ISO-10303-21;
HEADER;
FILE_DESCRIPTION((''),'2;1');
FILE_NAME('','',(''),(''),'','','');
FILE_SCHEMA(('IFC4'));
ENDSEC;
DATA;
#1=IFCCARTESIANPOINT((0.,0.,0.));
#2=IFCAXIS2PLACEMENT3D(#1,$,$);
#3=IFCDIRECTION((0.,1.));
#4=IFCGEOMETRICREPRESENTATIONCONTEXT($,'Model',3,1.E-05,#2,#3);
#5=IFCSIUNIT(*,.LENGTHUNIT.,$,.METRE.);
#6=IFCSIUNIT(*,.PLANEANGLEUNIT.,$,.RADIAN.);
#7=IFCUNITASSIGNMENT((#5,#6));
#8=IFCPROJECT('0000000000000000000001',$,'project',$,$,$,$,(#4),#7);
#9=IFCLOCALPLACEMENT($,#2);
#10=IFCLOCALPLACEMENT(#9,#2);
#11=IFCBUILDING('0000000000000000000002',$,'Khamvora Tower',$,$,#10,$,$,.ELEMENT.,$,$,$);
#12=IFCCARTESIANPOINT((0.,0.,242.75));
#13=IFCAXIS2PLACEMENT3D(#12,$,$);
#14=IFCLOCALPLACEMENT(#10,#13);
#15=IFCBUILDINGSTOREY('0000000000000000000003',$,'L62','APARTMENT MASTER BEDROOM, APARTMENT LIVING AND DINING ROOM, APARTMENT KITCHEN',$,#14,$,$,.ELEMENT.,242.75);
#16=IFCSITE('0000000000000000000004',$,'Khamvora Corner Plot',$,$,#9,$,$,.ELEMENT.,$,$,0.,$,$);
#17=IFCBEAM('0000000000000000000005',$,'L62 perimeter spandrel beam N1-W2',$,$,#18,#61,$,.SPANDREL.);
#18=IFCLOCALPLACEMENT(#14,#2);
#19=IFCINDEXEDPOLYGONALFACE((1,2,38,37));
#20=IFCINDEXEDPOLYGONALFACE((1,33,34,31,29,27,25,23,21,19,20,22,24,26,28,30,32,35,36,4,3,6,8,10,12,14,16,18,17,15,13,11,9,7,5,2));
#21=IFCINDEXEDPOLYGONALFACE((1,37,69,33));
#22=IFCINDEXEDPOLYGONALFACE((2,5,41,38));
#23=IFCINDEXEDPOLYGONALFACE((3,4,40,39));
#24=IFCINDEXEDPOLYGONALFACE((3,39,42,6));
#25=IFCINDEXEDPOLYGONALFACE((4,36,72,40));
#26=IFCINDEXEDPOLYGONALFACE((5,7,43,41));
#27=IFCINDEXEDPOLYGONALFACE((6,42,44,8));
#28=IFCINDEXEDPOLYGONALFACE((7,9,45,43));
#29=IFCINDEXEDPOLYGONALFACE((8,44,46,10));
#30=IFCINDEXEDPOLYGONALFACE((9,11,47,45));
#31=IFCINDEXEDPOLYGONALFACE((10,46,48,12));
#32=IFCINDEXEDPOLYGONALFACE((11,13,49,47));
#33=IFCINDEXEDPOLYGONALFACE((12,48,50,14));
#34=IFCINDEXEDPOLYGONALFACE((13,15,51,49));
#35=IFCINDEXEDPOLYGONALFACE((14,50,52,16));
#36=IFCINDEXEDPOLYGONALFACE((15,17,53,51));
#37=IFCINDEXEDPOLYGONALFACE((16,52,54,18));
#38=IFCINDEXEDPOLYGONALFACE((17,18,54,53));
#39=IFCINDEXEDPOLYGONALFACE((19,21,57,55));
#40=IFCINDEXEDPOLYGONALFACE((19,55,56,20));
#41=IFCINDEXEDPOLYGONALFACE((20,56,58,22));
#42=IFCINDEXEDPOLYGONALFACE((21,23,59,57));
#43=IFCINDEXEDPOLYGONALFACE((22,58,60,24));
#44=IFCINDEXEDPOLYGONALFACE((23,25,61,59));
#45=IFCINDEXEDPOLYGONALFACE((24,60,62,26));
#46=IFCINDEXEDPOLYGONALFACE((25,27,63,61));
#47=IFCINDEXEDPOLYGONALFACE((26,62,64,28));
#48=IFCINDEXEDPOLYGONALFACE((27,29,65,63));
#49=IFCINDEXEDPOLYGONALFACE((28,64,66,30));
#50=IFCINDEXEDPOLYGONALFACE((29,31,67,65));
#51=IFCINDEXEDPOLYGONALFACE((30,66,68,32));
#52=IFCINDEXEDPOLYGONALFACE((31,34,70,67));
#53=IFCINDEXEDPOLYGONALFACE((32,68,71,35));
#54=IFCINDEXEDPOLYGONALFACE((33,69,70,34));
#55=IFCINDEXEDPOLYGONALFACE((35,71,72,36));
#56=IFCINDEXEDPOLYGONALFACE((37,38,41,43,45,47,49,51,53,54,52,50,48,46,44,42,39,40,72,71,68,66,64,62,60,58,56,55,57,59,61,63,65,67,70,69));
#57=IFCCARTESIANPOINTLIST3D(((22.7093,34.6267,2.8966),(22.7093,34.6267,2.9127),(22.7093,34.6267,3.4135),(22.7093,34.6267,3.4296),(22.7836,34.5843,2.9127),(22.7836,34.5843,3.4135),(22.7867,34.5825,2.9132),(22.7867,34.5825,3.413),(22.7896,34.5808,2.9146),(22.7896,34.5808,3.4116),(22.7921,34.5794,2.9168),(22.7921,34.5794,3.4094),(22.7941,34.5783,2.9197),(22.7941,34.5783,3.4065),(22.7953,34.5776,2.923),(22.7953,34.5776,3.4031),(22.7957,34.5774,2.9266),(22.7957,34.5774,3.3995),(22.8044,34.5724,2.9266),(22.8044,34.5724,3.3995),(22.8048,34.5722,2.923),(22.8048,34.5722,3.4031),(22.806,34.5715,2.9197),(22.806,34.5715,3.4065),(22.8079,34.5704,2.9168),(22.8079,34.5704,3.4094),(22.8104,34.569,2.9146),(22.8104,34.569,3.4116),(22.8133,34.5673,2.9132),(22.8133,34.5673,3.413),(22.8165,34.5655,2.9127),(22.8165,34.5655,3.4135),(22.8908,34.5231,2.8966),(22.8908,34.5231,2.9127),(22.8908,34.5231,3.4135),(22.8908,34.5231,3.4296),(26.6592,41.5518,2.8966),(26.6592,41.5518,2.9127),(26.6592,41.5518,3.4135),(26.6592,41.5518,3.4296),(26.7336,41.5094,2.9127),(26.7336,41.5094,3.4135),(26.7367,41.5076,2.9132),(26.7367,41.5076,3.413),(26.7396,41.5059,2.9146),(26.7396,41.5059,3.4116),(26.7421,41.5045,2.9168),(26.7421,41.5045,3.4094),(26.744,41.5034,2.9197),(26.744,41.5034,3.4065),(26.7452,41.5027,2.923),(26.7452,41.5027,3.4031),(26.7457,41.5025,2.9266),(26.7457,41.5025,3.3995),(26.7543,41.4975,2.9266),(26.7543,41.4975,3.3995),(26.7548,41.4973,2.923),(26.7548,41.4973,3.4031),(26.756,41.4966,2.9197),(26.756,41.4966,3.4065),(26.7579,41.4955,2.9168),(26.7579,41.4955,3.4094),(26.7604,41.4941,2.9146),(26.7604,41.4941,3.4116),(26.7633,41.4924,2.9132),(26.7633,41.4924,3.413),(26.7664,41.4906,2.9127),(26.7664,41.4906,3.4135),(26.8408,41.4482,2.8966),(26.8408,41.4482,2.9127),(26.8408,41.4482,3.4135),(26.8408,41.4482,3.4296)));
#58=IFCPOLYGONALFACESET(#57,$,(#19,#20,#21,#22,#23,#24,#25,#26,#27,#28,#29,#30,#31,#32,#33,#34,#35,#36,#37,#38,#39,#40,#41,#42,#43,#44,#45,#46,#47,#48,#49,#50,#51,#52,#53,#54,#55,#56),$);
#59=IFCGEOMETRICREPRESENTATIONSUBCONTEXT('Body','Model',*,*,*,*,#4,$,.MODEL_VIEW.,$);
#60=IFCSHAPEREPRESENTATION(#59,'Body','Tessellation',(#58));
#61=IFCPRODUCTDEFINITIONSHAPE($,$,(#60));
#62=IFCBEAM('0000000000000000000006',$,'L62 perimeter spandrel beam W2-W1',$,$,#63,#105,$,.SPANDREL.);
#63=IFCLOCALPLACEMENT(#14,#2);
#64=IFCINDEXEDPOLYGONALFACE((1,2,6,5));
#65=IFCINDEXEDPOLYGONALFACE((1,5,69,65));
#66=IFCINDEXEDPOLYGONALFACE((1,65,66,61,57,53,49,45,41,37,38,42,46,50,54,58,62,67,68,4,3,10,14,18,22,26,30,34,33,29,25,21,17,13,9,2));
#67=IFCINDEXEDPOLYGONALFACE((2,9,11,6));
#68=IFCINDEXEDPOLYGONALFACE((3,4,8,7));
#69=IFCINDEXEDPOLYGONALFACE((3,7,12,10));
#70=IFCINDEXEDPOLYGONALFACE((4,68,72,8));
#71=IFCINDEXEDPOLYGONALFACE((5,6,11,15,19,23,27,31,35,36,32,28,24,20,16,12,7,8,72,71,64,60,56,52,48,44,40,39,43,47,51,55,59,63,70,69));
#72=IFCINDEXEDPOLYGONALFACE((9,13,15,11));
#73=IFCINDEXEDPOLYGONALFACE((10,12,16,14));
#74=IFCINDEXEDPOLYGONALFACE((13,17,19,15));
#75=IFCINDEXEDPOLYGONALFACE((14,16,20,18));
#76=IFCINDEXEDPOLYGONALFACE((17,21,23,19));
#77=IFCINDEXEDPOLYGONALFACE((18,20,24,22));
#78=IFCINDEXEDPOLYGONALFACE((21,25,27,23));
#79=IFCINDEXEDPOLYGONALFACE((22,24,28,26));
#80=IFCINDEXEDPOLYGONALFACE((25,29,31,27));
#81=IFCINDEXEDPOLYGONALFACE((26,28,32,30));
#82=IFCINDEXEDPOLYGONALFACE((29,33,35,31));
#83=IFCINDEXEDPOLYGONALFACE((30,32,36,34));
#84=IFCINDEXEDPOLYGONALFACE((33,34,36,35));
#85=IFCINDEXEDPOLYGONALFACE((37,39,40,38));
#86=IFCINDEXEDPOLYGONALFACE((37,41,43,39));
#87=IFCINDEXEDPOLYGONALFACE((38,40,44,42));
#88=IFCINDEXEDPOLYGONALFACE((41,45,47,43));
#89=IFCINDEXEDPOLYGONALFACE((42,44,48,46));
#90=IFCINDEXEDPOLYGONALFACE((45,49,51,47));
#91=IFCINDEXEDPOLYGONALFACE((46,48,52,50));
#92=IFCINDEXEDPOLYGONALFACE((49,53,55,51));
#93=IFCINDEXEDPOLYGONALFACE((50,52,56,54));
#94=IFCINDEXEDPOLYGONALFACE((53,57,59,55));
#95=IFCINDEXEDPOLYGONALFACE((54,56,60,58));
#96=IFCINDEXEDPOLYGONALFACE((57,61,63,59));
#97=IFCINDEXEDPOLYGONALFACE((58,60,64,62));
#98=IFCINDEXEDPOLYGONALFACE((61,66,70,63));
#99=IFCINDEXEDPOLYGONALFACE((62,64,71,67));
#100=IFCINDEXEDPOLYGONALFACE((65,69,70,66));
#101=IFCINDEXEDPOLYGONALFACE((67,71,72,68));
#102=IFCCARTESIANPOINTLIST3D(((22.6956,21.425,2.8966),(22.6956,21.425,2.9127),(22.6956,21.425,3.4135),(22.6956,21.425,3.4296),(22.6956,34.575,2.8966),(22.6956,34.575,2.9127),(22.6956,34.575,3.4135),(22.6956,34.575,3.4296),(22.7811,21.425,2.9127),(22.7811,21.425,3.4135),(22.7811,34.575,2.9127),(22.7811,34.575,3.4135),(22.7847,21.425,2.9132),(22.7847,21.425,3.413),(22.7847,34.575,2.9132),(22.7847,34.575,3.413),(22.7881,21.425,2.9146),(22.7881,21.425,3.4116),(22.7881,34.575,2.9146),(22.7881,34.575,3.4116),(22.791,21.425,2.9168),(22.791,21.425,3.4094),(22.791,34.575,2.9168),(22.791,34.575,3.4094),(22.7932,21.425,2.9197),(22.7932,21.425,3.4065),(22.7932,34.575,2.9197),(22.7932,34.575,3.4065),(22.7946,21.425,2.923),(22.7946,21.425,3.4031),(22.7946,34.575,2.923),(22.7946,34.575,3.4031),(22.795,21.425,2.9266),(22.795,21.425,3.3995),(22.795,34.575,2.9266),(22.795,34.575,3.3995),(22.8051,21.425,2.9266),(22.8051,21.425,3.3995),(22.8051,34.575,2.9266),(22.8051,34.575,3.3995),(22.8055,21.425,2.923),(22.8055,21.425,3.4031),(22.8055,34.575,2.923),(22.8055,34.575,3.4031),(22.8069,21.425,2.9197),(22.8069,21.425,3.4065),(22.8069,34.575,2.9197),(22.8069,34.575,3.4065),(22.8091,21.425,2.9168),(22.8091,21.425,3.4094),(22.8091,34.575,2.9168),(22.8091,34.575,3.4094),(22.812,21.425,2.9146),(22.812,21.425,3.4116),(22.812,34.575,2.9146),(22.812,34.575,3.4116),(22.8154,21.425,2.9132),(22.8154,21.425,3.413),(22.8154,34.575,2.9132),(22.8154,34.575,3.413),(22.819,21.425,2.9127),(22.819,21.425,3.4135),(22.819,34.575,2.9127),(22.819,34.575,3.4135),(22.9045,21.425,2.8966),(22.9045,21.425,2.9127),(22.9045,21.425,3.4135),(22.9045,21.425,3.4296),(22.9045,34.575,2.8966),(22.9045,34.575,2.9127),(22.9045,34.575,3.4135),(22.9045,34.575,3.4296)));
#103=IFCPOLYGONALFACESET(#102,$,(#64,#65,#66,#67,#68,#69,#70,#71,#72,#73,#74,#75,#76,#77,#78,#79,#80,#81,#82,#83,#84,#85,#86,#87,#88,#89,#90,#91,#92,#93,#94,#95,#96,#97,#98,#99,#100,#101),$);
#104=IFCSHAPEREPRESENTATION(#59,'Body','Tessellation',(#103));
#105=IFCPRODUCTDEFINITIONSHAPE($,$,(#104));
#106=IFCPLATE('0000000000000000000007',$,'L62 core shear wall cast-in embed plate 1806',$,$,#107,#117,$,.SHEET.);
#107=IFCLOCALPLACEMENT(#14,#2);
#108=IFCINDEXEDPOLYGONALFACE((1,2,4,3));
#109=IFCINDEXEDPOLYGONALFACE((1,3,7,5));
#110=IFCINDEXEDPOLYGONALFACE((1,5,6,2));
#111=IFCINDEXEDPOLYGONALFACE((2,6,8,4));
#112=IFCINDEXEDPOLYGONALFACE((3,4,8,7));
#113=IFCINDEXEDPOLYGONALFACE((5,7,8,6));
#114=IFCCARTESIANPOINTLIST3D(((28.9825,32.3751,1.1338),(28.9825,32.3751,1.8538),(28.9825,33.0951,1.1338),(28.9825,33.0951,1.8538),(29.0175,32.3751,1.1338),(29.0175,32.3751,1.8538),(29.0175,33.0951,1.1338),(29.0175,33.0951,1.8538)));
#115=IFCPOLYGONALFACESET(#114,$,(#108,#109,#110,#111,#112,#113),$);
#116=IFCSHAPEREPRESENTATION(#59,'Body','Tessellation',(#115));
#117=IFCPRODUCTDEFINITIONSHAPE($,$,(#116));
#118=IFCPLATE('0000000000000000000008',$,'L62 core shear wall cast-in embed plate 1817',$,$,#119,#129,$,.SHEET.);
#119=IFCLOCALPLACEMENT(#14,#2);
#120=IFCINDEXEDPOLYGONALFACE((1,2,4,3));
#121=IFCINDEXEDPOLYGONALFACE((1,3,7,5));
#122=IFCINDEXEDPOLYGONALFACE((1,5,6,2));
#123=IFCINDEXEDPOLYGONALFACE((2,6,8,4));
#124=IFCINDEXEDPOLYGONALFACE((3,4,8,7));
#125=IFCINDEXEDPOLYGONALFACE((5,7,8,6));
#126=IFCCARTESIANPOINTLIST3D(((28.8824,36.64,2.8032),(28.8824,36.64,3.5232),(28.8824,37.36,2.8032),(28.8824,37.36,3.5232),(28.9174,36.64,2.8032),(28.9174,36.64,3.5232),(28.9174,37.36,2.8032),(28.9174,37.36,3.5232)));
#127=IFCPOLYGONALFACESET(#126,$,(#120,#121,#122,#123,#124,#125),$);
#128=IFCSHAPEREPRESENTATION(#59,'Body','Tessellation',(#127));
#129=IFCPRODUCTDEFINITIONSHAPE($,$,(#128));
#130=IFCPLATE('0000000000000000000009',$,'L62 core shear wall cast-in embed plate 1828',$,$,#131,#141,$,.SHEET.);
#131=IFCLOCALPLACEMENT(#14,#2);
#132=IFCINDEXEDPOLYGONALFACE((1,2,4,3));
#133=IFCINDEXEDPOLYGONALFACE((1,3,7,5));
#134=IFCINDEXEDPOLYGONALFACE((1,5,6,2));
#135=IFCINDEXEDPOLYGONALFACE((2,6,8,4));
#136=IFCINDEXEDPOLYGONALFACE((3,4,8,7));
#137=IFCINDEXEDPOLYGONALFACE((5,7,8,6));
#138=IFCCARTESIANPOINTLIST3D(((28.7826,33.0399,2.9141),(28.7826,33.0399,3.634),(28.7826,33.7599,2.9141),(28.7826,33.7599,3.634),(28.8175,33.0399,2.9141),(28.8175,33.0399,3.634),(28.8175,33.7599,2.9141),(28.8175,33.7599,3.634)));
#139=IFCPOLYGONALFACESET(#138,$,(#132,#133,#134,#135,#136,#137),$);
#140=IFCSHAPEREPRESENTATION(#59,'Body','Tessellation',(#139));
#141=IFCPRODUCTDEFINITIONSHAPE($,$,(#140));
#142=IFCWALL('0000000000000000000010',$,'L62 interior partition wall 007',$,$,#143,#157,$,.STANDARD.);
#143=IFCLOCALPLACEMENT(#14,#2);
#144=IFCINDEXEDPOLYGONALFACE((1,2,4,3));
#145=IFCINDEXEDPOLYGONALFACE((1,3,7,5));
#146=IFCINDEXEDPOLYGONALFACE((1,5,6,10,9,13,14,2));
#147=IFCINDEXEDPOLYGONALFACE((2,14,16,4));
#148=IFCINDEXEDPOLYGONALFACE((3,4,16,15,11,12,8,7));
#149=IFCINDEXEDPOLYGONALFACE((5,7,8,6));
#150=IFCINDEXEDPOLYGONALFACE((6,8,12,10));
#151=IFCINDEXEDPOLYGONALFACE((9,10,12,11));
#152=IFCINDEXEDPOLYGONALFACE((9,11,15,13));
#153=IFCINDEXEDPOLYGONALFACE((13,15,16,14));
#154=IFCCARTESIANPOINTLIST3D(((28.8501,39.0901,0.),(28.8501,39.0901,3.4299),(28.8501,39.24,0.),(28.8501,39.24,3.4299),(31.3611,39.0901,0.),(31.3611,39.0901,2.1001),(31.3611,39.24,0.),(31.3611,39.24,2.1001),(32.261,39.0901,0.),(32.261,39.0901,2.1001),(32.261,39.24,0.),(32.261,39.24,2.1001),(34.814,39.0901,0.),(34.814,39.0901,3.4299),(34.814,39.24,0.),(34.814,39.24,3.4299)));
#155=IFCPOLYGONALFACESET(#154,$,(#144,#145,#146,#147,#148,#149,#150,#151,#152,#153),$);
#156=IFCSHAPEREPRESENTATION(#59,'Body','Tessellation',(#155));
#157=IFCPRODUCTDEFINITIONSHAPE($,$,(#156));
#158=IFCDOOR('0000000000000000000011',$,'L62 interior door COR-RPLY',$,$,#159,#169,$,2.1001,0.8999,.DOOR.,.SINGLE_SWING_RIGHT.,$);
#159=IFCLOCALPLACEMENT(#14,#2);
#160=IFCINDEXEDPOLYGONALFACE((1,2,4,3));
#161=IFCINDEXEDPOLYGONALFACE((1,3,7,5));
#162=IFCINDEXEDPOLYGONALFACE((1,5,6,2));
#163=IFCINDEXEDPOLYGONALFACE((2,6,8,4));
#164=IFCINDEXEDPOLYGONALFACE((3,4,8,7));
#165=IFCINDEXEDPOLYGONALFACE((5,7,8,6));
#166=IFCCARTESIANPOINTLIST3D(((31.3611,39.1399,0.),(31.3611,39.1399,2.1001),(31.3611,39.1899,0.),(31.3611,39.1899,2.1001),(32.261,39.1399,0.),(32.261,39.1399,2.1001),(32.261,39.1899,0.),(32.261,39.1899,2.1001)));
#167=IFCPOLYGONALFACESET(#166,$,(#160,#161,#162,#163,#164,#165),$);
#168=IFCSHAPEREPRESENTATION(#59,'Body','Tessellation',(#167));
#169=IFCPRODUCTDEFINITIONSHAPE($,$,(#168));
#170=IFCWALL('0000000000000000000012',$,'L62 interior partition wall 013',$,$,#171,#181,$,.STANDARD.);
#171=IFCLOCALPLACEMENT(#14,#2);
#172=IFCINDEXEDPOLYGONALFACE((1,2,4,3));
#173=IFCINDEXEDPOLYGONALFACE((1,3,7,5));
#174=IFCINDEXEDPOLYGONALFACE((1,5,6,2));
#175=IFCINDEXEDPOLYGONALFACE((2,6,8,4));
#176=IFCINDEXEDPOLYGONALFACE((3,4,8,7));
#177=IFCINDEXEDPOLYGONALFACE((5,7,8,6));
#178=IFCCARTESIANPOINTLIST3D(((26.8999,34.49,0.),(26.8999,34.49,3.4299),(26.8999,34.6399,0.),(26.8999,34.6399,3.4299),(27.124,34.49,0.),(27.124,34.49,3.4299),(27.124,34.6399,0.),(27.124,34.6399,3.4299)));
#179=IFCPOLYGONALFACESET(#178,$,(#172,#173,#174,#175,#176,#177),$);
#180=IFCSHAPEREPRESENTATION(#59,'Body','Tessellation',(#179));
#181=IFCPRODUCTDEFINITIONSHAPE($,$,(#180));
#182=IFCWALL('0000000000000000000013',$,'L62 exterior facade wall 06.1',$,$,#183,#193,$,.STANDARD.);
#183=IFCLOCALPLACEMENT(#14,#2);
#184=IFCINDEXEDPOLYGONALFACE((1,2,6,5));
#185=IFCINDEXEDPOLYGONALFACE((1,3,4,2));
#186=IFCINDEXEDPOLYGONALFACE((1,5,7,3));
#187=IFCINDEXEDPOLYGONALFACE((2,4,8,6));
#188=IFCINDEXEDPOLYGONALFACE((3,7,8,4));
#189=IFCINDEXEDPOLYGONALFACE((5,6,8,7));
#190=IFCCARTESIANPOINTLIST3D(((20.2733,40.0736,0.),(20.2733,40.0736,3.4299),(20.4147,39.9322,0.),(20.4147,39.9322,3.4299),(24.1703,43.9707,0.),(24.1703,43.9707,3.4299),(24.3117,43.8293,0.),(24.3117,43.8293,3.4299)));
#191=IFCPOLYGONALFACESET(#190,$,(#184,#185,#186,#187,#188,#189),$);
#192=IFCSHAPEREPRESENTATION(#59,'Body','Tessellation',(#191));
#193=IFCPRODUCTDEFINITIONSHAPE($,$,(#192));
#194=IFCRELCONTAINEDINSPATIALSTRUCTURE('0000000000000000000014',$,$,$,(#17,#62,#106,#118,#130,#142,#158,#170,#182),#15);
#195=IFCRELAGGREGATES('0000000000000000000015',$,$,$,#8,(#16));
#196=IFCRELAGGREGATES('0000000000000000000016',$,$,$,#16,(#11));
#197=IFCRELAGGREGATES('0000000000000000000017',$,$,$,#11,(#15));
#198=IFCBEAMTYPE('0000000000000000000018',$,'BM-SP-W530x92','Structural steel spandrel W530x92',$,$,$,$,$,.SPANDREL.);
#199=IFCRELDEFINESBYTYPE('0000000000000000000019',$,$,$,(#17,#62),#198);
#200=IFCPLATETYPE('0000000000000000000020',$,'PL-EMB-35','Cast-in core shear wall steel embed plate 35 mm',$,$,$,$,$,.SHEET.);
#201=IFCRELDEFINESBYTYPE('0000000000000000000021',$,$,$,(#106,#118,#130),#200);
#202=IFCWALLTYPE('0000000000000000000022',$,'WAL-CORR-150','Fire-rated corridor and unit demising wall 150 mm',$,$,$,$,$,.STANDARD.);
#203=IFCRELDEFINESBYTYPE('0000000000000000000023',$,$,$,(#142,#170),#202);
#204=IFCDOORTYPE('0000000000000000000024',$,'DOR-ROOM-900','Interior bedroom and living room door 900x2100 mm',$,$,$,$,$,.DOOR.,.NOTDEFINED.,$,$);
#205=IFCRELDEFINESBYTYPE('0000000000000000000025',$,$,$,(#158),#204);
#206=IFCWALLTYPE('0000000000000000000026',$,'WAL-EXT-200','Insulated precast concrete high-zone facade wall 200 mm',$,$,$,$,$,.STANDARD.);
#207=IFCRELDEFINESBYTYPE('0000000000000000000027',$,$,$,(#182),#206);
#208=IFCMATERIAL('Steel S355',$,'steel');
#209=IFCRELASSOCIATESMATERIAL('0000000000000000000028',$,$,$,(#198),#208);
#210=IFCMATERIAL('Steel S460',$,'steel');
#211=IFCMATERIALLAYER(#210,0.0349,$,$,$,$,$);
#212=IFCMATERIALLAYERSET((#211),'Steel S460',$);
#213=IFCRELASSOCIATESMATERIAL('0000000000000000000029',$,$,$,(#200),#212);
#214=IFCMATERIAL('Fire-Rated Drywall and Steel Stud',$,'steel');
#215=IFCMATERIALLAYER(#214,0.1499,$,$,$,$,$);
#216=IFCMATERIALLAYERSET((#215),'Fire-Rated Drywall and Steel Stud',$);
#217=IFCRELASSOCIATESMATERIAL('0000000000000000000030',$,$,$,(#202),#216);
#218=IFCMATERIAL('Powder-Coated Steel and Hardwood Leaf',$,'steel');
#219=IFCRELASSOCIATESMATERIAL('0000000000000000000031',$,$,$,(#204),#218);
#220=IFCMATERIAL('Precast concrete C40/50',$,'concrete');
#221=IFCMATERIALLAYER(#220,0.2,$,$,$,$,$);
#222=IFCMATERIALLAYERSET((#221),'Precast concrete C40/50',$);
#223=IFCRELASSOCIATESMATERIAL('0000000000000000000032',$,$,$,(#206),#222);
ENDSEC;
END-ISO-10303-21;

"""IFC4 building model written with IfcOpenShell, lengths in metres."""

from ifc_helpers import new_model, si_unit, direction, frame, frame_2d, origin, origin_2d, place, context, subcontext, project, spatial, rectangle, i_section, extrude, material, layer, layer_set, material_profile, profile_set, type_object, element, fill, save


model = new_model("IFC4")

# Units and contexts
model_context = context("Model", 3, precision=1e-05, world=origin(), true_north=direction((0.0, 1.0)))
body_context = subcontext(model_context, "Body", "Model", "MODEL_VIEW")
ifc_project = project(units=[si_unit("LENGTHUNIT", "METRE"), si_unit("PLANEANGLEUNIT", "RADIAN")], contexts=[model_context])

# Site, building, storey
site_placement = place(None, origin())
site = spatial("IfcSite", under=ifc_project, at=site_placement, Name="Khamvora Corner Plot", CompositionType="ELEMENT", RefElevation=0.0)
building_placement = place(site_placement, origin())
building = spatial("IfcBuilding", under=site, at=building_placement, Name="Khamvora Tower", CompositionType="ELEMENT")
storey_placement = place(building_placement, frame((0.0, 0.0, 242.75)))
storey = spatial("IfcBuildingStorey", under=building, at=storey_placement, Name="L62", Description="APARTMENT MASTER BEDROOM, APARTMENT LIVING AND DINING ROOM, APARTMENT KITCHEN", CompositionType="ELEMENT", Elevation=242.75)

# Shared definitions
ifc_material_1 = material(Name="Steel S355", Category="steel")

# Beams
ifc_material_profile_1 = material_profile(ifc_material_1, i_section(OverallWidth=0.209, OverallDepth=0.533, WebThickness=0.01, FlangeThickness=0.0161, FilletRadius=0.0139, at=origin_2d()), Name="W530x92")
ifc_profile_set_1 = profile_set([ifc_material_profile_1], Name="Steel S355")
beam_type_1 = type_object("IfcBeamType", Name="BM-SP-W530x92", Description="Structural steel spandrel W530x92", PredefinedType="SPANDREL", material=ifc_profile_set_1)
beam_1_placement = place(storey_placement, frame((26.75, 41.5, 3.1631), z_axis=(-0.495456, -0.868633, 0.0), x_axis=(0.868633, -0.495456, 0.0)))
element("IfcBeam", 1, at=beam_1_placement, inside=storey, type_object=beam_type_1, Name="L62 perimeter spandrel beam N1-W2", PredefinedType="SPANDREL", context=body_context, shape_type="SweptSolid", body=[
    extrude(i_section(OverallWidth=0.209, OverallDepth=0.533, WebThickness=0.01, FlangeThickness=0.0161, FilletRadius=0.0139, at=origin_2d()), origin(), (0.0, 0.0, 1.0), 7.9724),
])
beam_2_placement = place(storey_placement, frame((22.8, 34.575, 3.1631), z_axis=(0.0, -1.0, 0.0), x_axis=(1.0, 0.0, 0.0)))
element("IfcBeam", 2, at=beam_2_placement, inside=storey, type_object=beam_type_1, Name="L62 perimeter spandrel beam W2-W1", PredefinedType="SPANDREL", context=body_context, shape_type="SweptSolid", body=[
    extrude(i_section(OverallWidth=0.209, OverallDepth=0.533, WebThickness=0.01, FlangeThickness=0.0161, FilletRadius=0.0139, at=origin_2d()), origin(), (0.0, 0.0, 1.0), 13.1499),
])

# Plates
ifc_material_2 = material(Name="Steel S460", Category="steel")
ifc_layer_1 = layer(ifc_material_2, 0.0349)
ifc_layer_set_1 = layer_set([ifc_layer_1], Name="Steel S460")
plate_type = type_object("IfcPlateType", Name="PL-EMB-35", Description="Cast-in core shear wall steel embed plate 35 mm", PredefinedType="SHEET", material=ifc_layer_set_1)
for number, where, z_axis, x_axis, name in (
    (3, (29.0, 32.7351, 1.1338), (0.0, 0.0, 1.0), (1.0, 0.0, 0.0), "L62 core shear wall cast-in embed plate 1806"),
    (4, (28.8999, 37.0, 2.8032), (0.0, 0.0, 1.0), (1.0, 0.0, 0.0), "L62 core shear wall cast-in embed plate 1817"),
    (5, (28.8, 33.3999, 2.9141), (0.0, 0.0, 1.0), (1.0, 0.0, 0.0), "L62 core shear wall cast-in embed plate 1828"),
):
    element("IfcPlate", number, at=place(storey_placement, frame(where, z_axis=z_axis, x_axis=x_axis)), inside=storey, type_object=plate_type, Name=name, PredefinedType="SHEET", context=body_context, shape_type="SweptSolid", body=[
        extrude(rectangle(XDim=0.0349, YDim=0.72, at=origin_2d()), origin(), (0.0, 0.0, 1.0), 0.72),
    ])

# Wall, opening, door
ifc_material_3 = material(Name="Fire-Rated Drywall and Steel Stud", Category="steel")
ifc_layer_2 = layer(ifc_material_3, 0.1499)
ifc_layer_set_2 = layer_set([ifc_layer_2], Name="Fire-Rated Drywall and Steel Stud")
wall_type_1 = type_object("IfcWallType", Name="WAL-CORR-150", Description="Fire-rated corridor and unit demising wall 150 mm", PredefinedType="STANDARD", material=ifc_layer_set_2)
wall_1_placement = place(storey_placement, frame((28.8501, 39.165, 0.0), z_axis=(0.0, 0.0, 1.0), x_axis=(1.0, 0.0, 0.0)))
wall_1 = element("IfcWall", 6, at=wall_1_placement, inside=storey, type_object=wall_type_1, Name="L62 interior partition wall 007", PredefinedType="STANDARD", context=body_context, shape_type="SweptSolid", body=[
    extrude(rectangle(XDim=5.9639, YDim=0.1499, at=frame_2d((2.9819, 0.0))), origin(), (0.0, 0.0, 1.0), 3.4299),
])
opening_1_placement = place(wall_1_placement, frame((2.511, 0.0, 0.0)))
opening_1 = element("IfcOpeningElement", 7, at=opening_1_placement, cuts=wall_1, PredefinedType="OPENING", context=body_context, shape_type="SweptSolid", body=[
    extrude(rectangle(XDim=0.8999, YDim=2.1001, at=frame_2d((0.45, 1.05))), frame((0.0, 0.085, 0.0), z_axis=(0.0, -1.0, 0.0), x_axis=(1.0, 0.0, 0.0)), (0.0, 0.0, 1.0), 0.1699),
])
ifc_material_4 = material(Name="Powder-Coated Steel and Hardwood Leaf", Category="steel")
door_type = type_object("IfcDoorType", Name="DOR-ROOM-900", Description="Interior bedroom and living room door 900x2100 mm", OperationType="NOTDEFINED", PredefinedType="DOOR", material=ifc_material_4)
door_1_placement = place(opening_1_placement, origin())
door_1 = element("IfcDoor", 8, at=door_1_placement, inside=storey, type_object=door_type, Name="L62 interior door COR-RPLY", OperationType="SINGLE_SWING_RIGHT", OverallHeight=2.1001, OverallWidth=0.8999, PredefinedType="DOOR", context=body_context, shape_type="SweptSolid", body=[
    extrude(rectangle(XDim=0.8999, YDim=2.1001, at=frame_2d((0.45, 1.05))), frame((0.0, 0.0249, 0.0), z_axis=(0.0, -1.0, 0.0), x_axis=(1.0, 0.0, 0.0)), (0.0, 0.0, 1.0), 0.05),
])
fill(opening_1, door_1)

# Walls
wall_2_placement = place(storey_placement, frame((26.8999, 34.5649, 0.0), z_axis=(0.0, 0.0, 1.0), x_axis=(1.0, 0.0, 0.0)))
element("IfcWall", 9, at=wall_2_placement, inside=storey, type_object=wall_type_1, Name="L62 interior partition wall 013", PredefinedType="STANDARD", context=body_context, shape_type="SweptSolid", body=[
    extrude(rectangle(XDim=0.2241, YDim=0.1499, at=frame_2d((0.1121, 0.0))), origin(), (0.0, 0.0, 1.0), 3.4299),
])
ifc_material_5 = material(Name="Precast concrete C40/50", Category="concrete")
ifc_layer_3 = layer(ifc_material_5, 0.2)
ifc_layer_set_3 = layer_set([ifc_layer_3], Name="Precast concrete C40/50")
wall_type_2 = type_object("IfcWallType", Name="WAL-EXT-200", Description="Insulated precast concrete high-zone facade wall 200 mm", PredefinedType="STANDARD", material=ifc_layer_set_3)
wall_3_placement = place(storey_placement, frame((20.344, 40.0029, 0.0), z_axis=(0.0, 0.0, 1.0), x_axis=(0.707107, 0.707107, 0.0)))
element("IfcWall", 10, at=wall_3_placement, inside=storey, type_object=wall_type_2, Name="L62 exterior facade wall 06.1", PredefinedType="STANDARD", context=body_context, shape_type="SweptSolid", body=[
    extrude(rectangle(XDim=5.5112, YDim=0.2, at=frame_2d((2.7556, 0.0))), origin(), (0.0, 0.0, 1.0), 3.4299),
])

save(model, "model.ifc")
